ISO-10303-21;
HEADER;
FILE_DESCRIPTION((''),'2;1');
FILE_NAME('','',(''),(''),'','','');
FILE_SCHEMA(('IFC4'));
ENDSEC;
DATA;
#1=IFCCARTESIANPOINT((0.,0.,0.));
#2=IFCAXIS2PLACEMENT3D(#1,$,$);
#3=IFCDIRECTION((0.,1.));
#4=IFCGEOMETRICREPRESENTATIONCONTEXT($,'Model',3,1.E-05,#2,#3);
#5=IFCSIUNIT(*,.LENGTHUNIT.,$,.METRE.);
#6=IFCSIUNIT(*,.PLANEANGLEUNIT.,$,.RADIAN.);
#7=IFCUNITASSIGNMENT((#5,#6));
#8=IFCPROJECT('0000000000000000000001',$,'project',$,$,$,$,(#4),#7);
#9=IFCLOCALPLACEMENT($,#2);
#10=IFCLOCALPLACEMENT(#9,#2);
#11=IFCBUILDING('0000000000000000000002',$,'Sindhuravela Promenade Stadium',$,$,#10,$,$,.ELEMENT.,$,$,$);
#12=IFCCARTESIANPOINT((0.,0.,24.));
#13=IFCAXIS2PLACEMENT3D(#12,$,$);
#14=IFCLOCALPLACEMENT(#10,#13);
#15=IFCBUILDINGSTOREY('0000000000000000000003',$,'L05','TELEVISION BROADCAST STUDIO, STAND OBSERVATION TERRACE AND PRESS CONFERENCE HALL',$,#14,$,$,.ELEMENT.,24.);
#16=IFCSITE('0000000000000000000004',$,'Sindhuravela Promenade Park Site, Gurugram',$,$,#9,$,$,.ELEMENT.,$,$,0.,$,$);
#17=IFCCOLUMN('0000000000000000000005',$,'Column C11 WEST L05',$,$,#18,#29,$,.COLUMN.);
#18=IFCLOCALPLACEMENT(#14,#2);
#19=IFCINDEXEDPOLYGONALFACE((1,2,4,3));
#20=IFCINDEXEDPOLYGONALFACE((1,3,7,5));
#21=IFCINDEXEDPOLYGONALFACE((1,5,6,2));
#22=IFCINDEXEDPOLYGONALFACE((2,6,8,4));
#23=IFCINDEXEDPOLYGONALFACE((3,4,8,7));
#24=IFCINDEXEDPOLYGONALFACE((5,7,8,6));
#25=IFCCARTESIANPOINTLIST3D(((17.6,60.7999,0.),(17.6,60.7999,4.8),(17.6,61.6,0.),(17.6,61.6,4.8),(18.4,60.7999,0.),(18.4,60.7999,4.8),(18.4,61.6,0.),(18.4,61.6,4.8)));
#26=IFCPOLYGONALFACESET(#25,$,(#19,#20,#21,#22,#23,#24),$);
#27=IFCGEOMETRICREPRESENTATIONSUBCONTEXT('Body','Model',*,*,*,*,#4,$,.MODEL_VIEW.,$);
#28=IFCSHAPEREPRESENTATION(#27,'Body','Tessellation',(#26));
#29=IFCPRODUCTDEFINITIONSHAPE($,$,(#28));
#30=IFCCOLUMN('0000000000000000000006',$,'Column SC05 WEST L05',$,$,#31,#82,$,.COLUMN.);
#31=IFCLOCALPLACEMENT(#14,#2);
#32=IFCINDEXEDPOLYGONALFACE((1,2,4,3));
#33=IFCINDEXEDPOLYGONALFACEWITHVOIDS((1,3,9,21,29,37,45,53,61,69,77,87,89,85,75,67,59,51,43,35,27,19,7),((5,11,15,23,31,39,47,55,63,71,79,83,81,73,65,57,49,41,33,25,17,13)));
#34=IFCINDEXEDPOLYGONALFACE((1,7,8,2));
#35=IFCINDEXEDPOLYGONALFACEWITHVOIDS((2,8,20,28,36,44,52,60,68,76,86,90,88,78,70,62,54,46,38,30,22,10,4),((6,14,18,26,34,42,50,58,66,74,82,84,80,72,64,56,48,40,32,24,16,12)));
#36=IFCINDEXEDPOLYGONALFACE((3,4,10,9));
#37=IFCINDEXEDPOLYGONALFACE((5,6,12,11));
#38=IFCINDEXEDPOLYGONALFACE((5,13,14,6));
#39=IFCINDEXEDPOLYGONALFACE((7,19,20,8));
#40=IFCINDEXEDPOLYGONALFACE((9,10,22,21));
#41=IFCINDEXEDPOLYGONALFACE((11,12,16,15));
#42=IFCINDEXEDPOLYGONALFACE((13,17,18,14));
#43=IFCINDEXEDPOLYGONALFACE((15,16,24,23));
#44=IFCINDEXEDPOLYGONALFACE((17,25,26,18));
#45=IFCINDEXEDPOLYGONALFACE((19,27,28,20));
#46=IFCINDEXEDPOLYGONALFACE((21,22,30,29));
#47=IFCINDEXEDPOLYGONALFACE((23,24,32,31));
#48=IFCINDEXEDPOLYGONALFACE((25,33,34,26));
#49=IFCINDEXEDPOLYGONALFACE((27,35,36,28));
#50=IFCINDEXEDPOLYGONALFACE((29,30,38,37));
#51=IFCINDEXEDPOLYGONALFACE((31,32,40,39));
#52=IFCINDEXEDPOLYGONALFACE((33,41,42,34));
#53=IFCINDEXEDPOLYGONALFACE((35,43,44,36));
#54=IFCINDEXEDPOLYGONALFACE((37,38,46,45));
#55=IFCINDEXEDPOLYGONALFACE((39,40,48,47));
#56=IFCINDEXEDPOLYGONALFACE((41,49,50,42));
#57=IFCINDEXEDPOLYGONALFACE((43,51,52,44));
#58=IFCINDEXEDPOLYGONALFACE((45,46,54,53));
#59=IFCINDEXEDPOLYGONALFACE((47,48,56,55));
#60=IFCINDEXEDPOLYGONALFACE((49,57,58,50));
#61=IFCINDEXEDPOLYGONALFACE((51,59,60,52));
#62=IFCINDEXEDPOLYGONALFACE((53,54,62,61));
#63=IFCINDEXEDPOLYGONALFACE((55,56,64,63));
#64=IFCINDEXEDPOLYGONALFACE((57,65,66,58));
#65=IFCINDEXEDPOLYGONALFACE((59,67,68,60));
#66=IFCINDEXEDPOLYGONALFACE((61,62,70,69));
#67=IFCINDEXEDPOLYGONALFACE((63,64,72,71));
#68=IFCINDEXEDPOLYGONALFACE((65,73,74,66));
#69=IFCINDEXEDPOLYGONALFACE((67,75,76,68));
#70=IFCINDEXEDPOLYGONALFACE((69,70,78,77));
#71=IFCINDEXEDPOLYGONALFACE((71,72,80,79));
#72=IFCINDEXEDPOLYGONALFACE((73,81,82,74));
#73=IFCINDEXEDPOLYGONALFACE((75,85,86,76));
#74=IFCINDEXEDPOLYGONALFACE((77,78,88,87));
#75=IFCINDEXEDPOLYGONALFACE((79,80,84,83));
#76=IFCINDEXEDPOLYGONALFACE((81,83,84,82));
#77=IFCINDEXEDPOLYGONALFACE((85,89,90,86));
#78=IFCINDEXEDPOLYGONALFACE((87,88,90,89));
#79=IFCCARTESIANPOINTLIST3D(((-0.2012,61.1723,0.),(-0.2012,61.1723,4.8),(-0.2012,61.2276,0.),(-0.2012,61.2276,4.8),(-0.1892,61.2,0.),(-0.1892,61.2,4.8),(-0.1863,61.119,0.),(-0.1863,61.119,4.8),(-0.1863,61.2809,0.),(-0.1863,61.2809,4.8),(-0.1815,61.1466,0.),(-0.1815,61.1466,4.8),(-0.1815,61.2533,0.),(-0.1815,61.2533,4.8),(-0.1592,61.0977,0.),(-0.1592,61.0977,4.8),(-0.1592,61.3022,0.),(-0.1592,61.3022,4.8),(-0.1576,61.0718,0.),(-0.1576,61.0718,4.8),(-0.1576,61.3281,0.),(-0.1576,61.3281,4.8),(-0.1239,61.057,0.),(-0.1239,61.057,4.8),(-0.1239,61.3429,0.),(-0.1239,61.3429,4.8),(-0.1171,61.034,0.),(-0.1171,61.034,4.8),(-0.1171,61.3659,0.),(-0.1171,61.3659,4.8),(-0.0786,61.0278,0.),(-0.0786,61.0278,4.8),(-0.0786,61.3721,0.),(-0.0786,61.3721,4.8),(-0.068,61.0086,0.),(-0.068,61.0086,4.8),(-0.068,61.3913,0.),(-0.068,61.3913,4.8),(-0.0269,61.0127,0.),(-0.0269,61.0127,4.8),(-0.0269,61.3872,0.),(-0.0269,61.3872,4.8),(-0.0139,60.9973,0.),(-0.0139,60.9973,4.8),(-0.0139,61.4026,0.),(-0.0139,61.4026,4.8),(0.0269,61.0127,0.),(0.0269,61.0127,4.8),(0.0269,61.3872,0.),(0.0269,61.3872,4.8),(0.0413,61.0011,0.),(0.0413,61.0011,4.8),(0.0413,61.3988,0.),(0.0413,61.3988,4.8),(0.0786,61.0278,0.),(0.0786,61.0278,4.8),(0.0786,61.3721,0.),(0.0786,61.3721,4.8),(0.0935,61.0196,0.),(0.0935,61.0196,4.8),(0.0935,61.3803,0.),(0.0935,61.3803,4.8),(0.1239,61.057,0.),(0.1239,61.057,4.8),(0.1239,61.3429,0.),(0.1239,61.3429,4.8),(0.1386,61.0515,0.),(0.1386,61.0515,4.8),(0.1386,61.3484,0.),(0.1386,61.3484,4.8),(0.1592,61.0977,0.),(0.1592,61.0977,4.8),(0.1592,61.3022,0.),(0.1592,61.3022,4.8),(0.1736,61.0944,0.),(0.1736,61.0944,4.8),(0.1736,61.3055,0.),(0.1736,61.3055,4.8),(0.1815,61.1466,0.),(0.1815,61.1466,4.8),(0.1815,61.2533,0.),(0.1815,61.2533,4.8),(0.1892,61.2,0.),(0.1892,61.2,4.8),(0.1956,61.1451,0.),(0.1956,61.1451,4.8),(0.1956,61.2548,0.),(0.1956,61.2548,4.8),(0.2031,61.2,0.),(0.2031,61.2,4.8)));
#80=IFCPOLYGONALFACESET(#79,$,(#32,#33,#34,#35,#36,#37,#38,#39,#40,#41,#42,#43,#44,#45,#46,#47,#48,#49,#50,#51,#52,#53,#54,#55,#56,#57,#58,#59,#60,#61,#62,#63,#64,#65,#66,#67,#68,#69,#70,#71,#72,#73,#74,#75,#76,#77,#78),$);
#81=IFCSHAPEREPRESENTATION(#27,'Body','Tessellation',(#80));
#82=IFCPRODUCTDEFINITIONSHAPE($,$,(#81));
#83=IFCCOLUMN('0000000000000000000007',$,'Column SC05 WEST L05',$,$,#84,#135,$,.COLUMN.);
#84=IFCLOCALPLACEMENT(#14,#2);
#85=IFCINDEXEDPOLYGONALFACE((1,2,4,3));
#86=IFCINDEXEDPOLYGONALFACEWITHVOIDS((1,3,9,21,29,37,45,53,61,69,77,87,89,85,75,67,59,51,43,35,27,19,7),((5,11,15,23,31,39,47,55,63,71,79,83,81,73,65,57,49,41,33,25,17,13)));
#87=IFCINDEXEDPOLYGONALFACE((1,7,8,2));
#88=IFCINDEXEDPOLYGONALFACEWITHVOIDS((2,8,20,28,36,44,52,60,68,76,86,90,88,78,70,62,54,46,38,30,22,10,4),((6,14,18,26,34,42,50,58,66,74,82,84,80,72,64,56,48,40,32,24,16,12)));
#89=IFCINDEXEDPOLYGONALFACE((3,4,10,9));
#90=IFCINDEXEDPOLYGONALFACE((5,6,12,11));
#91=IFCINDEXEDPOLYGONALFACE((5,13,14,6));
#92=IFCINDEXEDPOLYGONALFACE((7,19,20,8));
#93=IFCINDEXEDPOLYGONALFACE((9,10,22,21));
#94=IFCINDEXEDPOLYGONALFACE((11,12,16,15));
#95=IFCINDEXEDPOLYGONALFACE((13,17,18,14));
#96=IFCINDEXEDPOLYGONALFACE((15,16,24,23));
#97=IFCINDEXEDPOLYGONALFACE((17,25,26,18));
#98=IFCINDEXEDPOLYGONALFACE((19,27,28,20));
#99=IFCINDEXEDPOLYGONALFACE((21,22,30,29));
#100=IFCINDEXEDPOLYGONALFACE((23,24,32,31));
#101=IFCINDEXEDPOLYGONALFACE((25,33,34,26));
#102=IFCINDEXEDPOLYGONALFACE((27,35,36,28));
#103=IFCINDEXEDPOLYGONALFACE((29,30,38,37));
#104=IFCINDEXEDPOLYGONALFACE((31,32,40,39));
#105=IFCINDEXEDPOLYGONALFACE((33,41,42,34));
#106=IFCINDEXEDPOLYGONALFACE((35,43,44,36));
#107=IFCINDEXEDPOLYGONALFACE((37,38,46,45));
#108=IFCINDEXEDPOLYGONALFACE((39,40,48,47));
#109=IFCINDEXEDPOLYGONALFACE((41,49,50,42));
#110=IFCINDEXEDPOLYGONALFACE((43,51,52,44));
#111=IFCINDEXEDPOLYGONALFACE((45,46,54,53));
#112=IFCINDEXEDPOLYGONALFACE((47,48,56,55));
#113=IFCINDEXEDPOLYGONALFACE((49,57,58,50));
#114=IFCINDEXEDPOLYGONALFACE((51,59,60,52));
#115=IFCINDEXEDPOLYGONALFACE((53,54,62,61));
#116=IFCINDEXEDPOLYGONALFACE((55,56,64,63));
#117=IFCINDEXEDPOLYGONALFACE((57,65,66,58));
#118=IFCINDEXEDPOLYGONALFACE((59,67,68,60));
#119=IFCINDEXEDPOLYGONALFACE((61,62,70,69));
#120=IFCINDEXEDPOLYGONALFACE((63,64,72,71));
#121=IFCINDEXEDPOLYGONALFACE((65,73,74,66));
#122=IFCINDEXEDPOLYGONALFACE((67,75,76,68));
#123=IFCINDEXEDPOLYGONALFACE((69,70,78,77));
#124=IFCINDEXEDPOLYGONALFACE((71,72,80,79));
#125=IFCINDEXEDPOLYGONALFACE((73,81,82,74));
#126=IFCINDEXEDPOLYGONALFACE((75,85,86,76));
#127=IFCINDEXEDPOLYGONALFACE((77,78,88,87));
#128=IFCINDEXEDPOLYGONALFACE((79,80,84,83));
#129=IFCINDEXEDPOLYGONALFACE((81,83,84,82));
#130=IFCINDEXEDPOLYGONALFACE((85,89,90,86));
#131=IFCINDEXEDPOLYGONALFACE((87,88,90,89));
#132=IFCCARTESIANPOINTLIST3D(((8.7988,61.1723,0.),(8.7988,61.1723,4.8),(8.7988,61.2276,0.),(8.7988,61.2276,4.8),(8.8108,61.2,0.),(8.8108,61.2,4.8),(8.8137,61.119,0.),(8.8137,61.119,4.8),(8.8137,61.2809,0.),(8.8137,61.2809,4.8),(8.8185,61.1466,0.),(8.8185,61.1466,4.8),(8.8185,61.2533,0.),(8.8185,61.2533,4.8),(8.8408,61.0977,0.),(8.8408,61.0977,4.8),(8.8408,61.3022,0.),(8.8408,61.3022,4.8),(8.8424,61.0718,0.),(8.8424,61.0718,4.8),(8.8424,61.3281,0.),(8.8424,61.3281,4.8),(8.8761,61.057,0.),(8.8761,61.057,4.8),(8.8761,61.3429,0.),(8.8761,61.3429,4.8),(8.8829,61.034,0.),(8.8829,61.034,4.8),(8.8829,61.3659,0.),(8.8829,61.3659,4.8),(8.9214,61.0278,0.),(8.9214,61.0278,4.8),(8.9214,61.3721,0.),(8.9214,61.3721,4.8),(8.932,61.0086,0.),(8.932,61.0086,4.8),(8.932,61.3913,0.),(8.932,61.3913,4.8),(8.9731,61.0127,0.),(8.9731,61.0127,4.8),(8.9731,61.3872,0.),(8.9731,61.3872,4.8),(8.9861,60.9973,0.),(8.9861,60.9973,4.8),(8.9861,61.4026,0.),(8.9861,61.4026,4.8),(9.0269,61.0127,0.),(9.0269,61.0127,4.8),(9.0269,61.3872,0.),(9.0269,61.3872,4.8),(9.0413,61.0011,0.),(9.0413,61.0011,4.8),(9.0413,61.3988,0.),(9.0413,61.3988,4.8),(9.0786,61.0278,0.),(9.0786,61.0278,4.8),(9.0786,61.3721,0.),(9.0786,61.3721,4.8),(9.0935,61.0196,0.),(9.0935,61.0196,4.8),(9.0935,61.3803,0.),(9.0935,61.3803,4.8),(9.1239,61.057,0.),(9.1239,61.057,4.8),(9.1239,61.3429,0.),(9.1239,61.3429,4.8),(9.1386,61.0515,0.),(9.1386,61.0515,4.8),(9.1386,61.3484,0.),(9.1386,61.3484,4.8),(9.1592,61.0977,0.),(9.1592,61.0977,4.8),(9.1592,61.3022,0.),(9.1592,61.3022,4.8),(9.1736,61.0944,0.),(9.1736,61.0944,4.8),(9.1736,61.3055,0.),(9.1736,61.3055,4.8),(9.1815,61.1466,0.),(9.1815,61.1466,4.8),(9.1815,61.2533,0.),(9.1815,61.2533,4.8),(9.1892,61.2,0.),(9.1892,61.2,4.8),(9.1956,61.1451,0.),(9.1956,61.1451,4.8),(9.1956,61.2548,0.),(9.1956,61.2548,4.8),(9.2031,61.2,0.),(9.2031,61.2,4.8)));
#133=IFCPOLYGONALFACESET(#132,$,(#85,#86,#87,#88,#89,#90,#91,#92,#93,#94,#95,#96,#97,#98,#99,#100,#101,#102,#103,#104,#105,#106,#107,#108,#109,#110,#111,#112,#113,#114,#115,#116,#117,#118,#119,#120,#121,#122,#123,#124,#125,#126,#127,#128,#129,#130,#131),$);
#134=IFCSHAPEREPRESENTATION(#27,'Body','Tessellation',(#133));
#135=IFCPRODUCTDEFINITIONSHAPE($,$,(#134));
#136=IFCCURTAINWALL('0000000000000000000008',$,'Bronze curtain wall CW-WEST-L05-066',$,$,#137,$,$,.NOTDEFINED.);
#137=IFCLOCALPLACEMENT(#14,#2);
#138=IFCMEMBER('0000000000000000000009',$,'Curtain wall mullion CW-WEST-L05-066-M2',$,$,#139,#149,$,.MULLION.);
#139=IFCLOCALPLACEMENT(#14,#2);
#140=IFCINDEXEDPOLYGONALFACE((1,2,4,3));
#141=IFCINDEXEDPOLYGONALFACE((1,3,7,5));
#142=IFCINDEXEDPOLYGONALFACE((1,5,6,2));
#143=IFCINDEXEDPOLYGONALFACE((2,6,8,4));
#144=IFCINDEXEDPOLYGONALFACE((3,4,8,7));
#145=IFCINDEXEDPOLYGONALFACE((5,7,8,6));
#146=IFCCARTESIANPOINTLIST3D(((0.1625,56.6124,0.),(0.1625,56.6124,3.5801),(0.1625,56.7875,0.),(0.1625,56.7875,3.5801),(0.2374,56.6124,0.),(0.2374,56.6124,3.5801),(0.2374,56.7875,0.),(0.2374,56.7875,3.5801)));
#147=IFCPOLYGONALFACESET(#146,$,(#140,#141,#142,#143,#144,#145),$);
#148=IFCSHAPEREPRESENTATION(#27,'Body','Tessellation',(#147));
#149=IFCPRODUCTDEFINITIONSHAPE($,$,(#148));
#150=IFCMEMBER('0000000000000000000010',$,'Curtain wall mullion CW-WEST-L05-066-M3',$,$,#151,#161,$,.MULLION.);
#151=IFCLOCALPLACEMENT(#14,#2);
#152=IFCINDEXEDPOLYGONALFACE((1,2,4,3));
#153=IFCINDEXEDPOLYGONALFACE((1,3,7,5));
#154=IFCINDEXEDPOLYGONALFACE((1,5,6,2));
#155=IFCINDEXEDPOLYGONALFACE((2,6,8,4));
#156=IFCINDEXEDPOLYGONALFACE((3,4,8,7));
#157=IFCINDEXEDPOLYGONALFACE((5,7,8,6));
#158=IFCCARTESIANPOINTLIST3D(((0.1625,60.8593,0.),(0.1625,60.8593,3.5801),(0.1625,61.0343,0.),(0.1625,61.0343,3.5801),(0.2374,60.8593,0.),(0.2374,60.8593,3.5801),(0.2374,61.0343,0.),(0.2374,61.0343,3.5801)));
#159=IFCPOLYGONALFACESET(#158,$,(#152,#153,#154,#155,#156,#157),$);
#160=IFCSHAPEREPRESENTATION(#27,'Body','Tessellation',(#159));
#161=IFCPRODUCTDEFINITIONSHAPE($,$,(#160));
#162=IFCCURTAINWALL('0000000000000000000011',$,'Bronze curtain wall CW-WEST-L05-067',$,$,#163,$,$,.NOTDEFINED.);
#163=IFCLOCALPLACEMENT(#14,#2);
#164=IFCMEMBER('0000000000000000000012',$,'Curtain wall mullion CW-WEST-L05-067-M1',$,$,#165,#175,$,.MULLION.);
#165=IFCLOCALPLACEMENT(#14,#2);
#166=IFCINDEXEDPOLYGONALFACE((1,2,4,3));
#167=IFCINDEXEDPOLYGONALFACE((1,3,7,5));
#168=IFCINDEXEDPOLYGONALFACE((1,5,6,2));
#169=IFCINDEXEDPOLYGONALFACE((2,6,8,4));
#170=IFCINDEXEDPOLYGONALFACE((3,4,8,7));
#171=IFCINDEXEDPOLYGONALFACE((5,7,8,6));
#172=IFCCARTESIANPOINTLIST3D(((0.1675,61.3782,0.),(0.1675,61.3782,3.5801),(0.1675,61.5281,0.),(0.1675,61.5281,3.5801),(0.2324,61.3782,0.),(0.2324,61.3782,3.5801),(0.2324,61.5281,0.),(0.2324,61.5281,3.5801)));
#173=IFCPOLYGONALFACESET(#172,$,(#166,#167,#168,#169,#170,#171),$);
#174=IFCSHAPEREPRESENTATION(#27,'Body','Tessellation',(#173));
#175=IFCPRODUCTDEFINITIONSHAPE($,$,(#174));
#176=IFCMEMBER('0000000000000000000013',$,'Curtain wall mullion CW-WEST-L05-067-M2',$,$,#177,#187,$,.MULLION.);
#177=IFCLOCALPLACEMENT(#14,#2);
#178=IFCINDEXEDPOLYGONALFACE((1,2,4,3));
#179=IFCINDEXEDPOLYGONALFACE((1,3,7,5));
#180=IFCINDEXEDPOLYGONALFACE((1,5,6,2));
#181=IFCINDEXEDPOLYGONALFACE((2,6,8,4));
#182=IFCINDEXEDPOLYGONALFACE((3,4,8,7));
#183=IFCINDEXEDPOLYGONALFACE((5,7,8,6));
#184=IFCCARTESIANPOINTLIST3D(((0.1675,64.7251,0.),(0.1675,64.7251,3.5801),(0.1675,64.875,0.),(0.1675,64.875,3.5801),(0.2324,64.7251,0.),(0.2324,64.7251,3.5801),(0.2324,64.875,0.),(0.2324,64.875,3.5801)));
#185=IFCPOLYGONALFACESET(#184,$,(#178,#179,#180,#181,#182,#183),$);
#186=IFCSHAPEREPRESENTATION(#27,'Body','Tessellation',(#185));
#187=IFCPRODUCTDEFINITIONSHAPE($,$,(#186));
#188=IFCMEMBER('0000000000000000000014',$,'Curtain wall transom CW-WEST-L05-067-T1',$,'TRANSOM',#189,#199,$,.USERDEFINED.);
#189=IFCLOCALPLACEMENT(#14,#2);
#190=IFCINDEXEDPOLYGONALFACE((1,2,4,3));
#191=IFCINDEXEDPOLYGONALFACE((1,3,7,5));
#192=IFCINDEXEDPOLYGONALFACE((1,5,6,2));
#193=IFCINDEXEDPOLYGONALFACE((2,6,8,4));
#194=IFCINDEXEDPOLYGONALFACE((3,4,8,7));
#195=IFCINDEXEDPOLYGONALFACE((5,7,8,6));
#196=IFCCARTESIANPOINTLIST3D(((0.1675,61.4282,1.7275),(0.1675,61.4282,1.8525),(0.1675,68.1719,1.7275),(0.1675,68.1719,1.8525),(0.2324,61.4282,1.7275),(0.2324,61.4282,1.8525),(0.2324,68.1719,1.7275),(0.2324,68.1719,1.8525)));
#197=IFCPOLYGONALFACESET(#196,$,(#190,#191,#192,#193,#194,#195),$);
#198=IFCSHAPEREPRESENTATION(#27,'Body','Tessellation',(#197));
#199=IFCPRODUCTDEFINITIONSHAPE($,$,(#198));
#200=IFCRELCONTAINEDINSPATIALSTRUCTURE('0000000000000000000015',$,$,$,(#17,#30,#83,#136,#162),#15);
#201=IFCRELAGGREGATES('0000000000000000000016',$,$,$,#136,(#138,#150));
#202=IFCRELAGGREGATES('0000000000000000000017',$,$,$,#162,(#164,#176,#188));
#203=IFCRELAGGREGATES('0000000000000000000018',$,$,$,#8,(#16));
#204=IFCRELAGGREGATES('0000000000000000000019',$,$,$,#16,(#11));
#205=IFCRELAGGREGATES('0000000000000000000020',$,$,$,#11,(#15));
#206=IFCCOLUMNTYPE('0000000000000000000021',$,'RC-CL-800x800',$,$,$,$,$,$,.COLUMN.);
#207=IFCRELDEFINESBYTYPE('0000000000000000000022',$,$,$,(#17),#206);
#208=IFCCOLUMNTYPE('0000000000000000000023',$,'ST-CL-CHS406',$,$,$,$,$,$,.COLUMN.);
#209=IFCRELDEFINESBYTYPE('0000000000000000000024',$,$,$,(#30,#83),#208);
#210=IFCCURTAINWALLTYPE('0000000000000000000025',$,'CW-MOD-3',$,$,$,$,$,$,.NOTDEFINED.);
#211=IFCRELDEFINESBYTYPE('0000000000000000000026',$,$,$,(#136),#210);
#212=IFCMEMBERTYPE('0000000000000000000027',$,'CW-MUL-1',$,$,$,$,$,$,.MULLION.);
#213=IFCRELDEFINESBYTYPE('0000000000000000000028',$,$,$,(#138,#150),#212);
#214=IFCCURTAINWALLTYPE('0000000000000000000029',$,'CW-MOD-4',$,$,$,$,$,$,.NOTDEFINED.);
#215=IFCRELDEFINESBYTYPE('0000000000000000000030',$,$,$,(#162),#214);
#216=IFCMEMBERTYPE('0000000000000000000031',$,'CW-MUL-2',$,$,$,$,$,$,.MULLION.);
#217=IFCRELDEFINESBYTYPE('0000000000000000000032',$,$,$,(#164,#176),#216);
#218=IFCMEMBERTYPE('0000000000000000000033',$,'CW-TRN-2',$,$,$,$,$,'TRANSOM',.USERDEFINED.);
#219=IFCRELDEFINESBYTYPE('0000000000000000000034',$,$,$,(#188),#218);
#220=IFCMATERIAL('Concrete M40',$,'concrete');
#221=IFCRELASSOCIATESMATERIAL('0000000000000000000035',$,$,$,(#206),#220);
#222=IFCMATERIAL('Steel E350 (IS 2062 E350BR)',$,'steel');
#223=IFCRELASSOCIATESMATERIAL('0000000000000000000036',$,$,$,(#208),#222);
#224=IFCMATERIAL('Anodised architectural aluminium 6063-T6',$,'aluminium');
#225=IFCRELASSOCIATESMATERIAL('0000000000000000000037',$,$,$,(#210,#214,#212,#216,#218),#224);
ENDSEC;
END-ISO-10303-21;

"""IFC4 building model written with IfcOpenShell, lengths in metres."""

from ifc_helpers import new_model, si_unit, direction, frame, origin, origin_2d, place, context, subcontext, project, spatial, rectangle, hollow_circle, extrude, material, material_profile, profile_set, type_object, element, aggregate, save


model = new_model("IFC4")

# Units and contexts
model_context = context("Model", 3, precision=1e-05, world=origin(), true_north=direction((0.0, 1.0)))
body_context = subcontext(model_context, "Body", "Model", "MODEL_VIEW")
ifc_project = project(units=[si_unit("LENGTHUNIT", "METRE"), si_unit("PLANEANGLEUNIT", "RADIAN")], contexts=[model_context])

# Site, building, storey
site_placement = place(None, origin())
site = spatial("IfcSite", under=ifc_project, at=site_placement, Name="Sindhuravela Promenade Park Site, Gurugram", CompositionType="ELEMENT", RefElevation=0.0)
building_placement = place(site_placement, origin())
building = spatial("IfcBuilding", under=site, at=building_placement, Name="Sindhuravela Promenade Stadium", CompositionType="ELEMENT")
storey_placement = place(building_placement, frame((0.0, 0.0, 24.0)))
storey = spatial("IfcBuildingStorey", under=building, at=storey_placement, Name="L05", Description="TELEVISION BROADCAST STUDIO, STAND OBSERVATION TERRACE AND PRESS CONFERENCE HALL", CompositionType="ELEMENT", Elevation=24.0)

# Columns
ifc_material_1 = material(Name="Concrete M40", Category="concrete")
ifc_material_profile_1 = material_profile(ifc_material_1, rectangle(XDim=0.8, YDim=0.8, at=origin_2d()), Name="RC 800x800")
ifc_profile_set_1 = profile_set([ifc_material_profile_1], Name="Concrete M40")
column_type_1 = type_object("IfcColumnType", Name="RC-CL-800x800", PredefinedType="COLUMN", material=ifc_profile_set_1)
column_placement = place(storey_placement, frame((18.0, 61.2, 0.0), z_axis=(0.0, 0.0, 1.0), x_axis=(1.0, 0.0, 0.0)))
element("IfcColumn", 1, at=column_placement, inside=storey, type_object=column_type_1, Name="Column C11 WEST L05", PredefinedType="COLUMN", context=body_context, shape_type="SweptSolid", body=[
    extrude(rectangle(XDim=0.8, YDim=0.8, at=origin_2d()), origin(), (0.0, 0.0, 1.0), 4.8),
])
ifc_material_2 = material(Name="Steel E350 (IS 2062 E350BR)", Category="steel")
ifc_material_profile_2 = material_profile(ifc_material_2, hollow_circle(Radius=0.2031, WallThickness=0.0139, at=origin_2d()), Name="CHS 406.4x14")
ifc_profile_set_2 = profile_set([ifc_material_profile_2], Name="Steel E350 (IS 2062 E350BR)")
column_type_2 = type_object("IfcColumnType", Name="ST-CL-CHS406", PredefinedType="COLUMN", material=ifc_profile_set_2)
for number, where, z_axis, x_axis, name in (
    (2, (0.0, 61.2, 0.0), (0.0, 0.0, 1.0), (1.0, 0.0, 0.0), "Column SC05 WEST L05"),
    (3, (9.0, 61.2, 0.0), (0.0, 0.0, 1.0), (1.0, 0.0, 0.0), "Column SC05 WEST L05"),
):
    element("IfcColumn", number, at=place(storey_placement, frame(where, z_axis=z_axis, x_axis=x_axis)), inside=storey, type_object=column_type_2, Name=name, PredefinedType="COLUMN", context=body_context, shape_type="SweptSolid", body=[
        extrude(hollow_circle(Radius=0.2031, WallThickness=0.0139, at=origin_2d()), origin(), (0.0, 0.0, 1.0), 4.8),
    ])

# Curtain walls, members
ifc_material_3 = material(Name="Anodised architectural aluminium 6063-T6", Category="aluminium")
curtain_wall_type_1 = type_object("IfcCurtainWallType", Name="CW-MOD-3", PredefinedType="NOTDEFINED", material=ifc_material_3)
curtain_wall_1_placement = place(storey_placement, origin())
curtain_wall_1 = element("IfcCurtainWall", 4, at=curtain_wall_1_placement, inside=storey, type_object=curtain_wall_type_1, Name="Bronze curtain wall CW-WEST-L05-066", PredefinedType="NOTDEFINED")
ifc_material_profile_3 = material_profile(ifc_material_3, rectangle(XDim=0.075, YDim=0.175, at=origin_2d()), Name="ALU MULL 75x175")
ifc_profile_set_3 = profile_set([ifc_material_profile_3], Name="Anodised architectural aluminium 6063-T6")
member_type_1 = type_object("IfcMemberType", Name="CW-MUL-1", PredefinedType="MULLION", material=ifc_profile_set_3)
member_1_placement = place(storey_placement, frame((0.2, 56.7, 0.0), z_axis=(0.0, 0.0, 1.0), x_axis=(1.0, 0.0, 0.0)))
member_1 = element("IfcMember", 5, at=member_1_placement, type_object=member_type_1, Name="Curtain wall mullion CW-WEST-L05-066-M2", PredefinedType="MULLION", context=body_context, shape_type="SweptSolid", body=[
    extrude(rectangle(XDim=0.075, YDim=0.175, at=origin_2d()), origin(), (0.0, 0.0, 1.0), 3.5801),
])
member_2_placement = place(storey_placement, frame((0.2, 60.9468, 0.0), z_axis=(0.0, 0.0, 1.0), x_axis=(1.0, 0.0, 0.0)))
member_2 = element("IfcMember", 6, at=member_2_placement, type_object=member_type_1, Name="Curtain wall mullion CW-WEST-L05-066-M3", PredefinedType="MULLION", context=body_context, shape_type="SweptSolid", body=[
    extrude(rectangle(XDim=0.075, YDim=0.175, at=origin_2d()), origin(), (0.0, 0.0, 1.0), 3.5801),
])
curtain_wall_type_2 = type_object("IfcCurtainWallType", Name="CW-MOD-4", PredefinedType="NOTDEFINED", material=ifc_material_3)
curtain_wall_2_placement = place(storey_placement, origin())
curtain_wall_2 = element("IfcCurtainWall", 7, at=curtain_wall_2_placement, inside=storey, type_object=curtain_wall_type_2, Name="Bronze curtain wall CW-WEST-L05-067", PredefinedType="NOTDEFINED")
ifc_material_profile_4 = material_profile(ifc_material_3, rectangle(XDim=0.0649, YDim=0.1499, at=origin_2d()), Name="ALU MULL 65x150")
ifc_profile_set_4 = profile_set([ifc_material_profile_4], Name="Anodised architectural aluminium 6063-T6")
member_type_2 = type_object("IfcMemberType", Name="CW-MUL-2", PredefinedType="MULLION", material=ifc_profile_set_4)
member_3_placement = place(storey_placement, frame((0.2, 61.4531, 0.0), z_axis=(0.0, 0.0, 1.0), x_axis=(1.0, 0.0, 0.0)))
member_3 = element("IfcMember", 8, at=member_3_placement, type_object=member_type_2, Name="Curtain wall mullion CW-WEST-L05-067-M1", PredefinedType="MULLION", context=body_context, shape_type="SweptSolid", body=[
    extrude(rectangle(XDim=0.0649, YDim=0.1499, at=origin_2d()), origin(), (0.0, 0.0, 1.0), 3.5801),
])
member_4_placement = place(storey_placement, frame((0.2, 64.8, 0.0), z_axis=(0.0, 0.0, 1.0), x_axis=(1.0, 0.0, 0.0)))
member_4 = element("IfcMember", 9, at=member_4_placement, type_object=member_type_2, Name="Curtain wall mullion CW-WEST-L05-067-M2", PredefinedType="MULLION", context=body_context, shape_type="SweptSolid", body=[
    extrude(rectangle(XDim=0.0649, YDim=0.1499, at=origin_2d()), origin(), (0.0, 0.0, 1.0), 3.5801),
])
ifc_material_profile_5 = material_profile(ifc_material_3, rectangle(XDim=0.0649, YDim=0.125, at=origin_2d()), Name="ALU TRAN 65x125")
ifc_profile_set_5 = profile_set([ifc_material_profile_5], Name="Anodised architectural aluminium 6063-T6")
member_type_3 = type_object("IfcMemberType", Name="CW-TRN-2", ElementType="TRANSOM", PredefinedType="USERDEFINED", material=ifc_profile_set_5)
member_5_placement = place(storey_placement, frame((0.2, 61.4282, 1.79), z_axis=(0.0, 1.0, 0.0), x_axis=(-1.0, 0.0, 0.0)))
member_5 = element("IfcMember", 10, at=member_5_placement, type_object=member_type_3, Name="Curtain wall transom CW-WEST-L05-067-T1", ObjectType="TRANSOM", PredefinedType="USERDEFINED", context=body_context, shape_type="SweptSolid", body=[
    extrude(rectangle(XDim=0.0649, YDim=0.125, at=origin_2d()), origin(), (0.0, 0.0, 1.0), 6.7437),
])

aggregate(curtain_wall_1, [member_1, member_2])
aggregate(curtain_wall_2, [member_3, member_4, member_5])

save(model, "model.ifc")
